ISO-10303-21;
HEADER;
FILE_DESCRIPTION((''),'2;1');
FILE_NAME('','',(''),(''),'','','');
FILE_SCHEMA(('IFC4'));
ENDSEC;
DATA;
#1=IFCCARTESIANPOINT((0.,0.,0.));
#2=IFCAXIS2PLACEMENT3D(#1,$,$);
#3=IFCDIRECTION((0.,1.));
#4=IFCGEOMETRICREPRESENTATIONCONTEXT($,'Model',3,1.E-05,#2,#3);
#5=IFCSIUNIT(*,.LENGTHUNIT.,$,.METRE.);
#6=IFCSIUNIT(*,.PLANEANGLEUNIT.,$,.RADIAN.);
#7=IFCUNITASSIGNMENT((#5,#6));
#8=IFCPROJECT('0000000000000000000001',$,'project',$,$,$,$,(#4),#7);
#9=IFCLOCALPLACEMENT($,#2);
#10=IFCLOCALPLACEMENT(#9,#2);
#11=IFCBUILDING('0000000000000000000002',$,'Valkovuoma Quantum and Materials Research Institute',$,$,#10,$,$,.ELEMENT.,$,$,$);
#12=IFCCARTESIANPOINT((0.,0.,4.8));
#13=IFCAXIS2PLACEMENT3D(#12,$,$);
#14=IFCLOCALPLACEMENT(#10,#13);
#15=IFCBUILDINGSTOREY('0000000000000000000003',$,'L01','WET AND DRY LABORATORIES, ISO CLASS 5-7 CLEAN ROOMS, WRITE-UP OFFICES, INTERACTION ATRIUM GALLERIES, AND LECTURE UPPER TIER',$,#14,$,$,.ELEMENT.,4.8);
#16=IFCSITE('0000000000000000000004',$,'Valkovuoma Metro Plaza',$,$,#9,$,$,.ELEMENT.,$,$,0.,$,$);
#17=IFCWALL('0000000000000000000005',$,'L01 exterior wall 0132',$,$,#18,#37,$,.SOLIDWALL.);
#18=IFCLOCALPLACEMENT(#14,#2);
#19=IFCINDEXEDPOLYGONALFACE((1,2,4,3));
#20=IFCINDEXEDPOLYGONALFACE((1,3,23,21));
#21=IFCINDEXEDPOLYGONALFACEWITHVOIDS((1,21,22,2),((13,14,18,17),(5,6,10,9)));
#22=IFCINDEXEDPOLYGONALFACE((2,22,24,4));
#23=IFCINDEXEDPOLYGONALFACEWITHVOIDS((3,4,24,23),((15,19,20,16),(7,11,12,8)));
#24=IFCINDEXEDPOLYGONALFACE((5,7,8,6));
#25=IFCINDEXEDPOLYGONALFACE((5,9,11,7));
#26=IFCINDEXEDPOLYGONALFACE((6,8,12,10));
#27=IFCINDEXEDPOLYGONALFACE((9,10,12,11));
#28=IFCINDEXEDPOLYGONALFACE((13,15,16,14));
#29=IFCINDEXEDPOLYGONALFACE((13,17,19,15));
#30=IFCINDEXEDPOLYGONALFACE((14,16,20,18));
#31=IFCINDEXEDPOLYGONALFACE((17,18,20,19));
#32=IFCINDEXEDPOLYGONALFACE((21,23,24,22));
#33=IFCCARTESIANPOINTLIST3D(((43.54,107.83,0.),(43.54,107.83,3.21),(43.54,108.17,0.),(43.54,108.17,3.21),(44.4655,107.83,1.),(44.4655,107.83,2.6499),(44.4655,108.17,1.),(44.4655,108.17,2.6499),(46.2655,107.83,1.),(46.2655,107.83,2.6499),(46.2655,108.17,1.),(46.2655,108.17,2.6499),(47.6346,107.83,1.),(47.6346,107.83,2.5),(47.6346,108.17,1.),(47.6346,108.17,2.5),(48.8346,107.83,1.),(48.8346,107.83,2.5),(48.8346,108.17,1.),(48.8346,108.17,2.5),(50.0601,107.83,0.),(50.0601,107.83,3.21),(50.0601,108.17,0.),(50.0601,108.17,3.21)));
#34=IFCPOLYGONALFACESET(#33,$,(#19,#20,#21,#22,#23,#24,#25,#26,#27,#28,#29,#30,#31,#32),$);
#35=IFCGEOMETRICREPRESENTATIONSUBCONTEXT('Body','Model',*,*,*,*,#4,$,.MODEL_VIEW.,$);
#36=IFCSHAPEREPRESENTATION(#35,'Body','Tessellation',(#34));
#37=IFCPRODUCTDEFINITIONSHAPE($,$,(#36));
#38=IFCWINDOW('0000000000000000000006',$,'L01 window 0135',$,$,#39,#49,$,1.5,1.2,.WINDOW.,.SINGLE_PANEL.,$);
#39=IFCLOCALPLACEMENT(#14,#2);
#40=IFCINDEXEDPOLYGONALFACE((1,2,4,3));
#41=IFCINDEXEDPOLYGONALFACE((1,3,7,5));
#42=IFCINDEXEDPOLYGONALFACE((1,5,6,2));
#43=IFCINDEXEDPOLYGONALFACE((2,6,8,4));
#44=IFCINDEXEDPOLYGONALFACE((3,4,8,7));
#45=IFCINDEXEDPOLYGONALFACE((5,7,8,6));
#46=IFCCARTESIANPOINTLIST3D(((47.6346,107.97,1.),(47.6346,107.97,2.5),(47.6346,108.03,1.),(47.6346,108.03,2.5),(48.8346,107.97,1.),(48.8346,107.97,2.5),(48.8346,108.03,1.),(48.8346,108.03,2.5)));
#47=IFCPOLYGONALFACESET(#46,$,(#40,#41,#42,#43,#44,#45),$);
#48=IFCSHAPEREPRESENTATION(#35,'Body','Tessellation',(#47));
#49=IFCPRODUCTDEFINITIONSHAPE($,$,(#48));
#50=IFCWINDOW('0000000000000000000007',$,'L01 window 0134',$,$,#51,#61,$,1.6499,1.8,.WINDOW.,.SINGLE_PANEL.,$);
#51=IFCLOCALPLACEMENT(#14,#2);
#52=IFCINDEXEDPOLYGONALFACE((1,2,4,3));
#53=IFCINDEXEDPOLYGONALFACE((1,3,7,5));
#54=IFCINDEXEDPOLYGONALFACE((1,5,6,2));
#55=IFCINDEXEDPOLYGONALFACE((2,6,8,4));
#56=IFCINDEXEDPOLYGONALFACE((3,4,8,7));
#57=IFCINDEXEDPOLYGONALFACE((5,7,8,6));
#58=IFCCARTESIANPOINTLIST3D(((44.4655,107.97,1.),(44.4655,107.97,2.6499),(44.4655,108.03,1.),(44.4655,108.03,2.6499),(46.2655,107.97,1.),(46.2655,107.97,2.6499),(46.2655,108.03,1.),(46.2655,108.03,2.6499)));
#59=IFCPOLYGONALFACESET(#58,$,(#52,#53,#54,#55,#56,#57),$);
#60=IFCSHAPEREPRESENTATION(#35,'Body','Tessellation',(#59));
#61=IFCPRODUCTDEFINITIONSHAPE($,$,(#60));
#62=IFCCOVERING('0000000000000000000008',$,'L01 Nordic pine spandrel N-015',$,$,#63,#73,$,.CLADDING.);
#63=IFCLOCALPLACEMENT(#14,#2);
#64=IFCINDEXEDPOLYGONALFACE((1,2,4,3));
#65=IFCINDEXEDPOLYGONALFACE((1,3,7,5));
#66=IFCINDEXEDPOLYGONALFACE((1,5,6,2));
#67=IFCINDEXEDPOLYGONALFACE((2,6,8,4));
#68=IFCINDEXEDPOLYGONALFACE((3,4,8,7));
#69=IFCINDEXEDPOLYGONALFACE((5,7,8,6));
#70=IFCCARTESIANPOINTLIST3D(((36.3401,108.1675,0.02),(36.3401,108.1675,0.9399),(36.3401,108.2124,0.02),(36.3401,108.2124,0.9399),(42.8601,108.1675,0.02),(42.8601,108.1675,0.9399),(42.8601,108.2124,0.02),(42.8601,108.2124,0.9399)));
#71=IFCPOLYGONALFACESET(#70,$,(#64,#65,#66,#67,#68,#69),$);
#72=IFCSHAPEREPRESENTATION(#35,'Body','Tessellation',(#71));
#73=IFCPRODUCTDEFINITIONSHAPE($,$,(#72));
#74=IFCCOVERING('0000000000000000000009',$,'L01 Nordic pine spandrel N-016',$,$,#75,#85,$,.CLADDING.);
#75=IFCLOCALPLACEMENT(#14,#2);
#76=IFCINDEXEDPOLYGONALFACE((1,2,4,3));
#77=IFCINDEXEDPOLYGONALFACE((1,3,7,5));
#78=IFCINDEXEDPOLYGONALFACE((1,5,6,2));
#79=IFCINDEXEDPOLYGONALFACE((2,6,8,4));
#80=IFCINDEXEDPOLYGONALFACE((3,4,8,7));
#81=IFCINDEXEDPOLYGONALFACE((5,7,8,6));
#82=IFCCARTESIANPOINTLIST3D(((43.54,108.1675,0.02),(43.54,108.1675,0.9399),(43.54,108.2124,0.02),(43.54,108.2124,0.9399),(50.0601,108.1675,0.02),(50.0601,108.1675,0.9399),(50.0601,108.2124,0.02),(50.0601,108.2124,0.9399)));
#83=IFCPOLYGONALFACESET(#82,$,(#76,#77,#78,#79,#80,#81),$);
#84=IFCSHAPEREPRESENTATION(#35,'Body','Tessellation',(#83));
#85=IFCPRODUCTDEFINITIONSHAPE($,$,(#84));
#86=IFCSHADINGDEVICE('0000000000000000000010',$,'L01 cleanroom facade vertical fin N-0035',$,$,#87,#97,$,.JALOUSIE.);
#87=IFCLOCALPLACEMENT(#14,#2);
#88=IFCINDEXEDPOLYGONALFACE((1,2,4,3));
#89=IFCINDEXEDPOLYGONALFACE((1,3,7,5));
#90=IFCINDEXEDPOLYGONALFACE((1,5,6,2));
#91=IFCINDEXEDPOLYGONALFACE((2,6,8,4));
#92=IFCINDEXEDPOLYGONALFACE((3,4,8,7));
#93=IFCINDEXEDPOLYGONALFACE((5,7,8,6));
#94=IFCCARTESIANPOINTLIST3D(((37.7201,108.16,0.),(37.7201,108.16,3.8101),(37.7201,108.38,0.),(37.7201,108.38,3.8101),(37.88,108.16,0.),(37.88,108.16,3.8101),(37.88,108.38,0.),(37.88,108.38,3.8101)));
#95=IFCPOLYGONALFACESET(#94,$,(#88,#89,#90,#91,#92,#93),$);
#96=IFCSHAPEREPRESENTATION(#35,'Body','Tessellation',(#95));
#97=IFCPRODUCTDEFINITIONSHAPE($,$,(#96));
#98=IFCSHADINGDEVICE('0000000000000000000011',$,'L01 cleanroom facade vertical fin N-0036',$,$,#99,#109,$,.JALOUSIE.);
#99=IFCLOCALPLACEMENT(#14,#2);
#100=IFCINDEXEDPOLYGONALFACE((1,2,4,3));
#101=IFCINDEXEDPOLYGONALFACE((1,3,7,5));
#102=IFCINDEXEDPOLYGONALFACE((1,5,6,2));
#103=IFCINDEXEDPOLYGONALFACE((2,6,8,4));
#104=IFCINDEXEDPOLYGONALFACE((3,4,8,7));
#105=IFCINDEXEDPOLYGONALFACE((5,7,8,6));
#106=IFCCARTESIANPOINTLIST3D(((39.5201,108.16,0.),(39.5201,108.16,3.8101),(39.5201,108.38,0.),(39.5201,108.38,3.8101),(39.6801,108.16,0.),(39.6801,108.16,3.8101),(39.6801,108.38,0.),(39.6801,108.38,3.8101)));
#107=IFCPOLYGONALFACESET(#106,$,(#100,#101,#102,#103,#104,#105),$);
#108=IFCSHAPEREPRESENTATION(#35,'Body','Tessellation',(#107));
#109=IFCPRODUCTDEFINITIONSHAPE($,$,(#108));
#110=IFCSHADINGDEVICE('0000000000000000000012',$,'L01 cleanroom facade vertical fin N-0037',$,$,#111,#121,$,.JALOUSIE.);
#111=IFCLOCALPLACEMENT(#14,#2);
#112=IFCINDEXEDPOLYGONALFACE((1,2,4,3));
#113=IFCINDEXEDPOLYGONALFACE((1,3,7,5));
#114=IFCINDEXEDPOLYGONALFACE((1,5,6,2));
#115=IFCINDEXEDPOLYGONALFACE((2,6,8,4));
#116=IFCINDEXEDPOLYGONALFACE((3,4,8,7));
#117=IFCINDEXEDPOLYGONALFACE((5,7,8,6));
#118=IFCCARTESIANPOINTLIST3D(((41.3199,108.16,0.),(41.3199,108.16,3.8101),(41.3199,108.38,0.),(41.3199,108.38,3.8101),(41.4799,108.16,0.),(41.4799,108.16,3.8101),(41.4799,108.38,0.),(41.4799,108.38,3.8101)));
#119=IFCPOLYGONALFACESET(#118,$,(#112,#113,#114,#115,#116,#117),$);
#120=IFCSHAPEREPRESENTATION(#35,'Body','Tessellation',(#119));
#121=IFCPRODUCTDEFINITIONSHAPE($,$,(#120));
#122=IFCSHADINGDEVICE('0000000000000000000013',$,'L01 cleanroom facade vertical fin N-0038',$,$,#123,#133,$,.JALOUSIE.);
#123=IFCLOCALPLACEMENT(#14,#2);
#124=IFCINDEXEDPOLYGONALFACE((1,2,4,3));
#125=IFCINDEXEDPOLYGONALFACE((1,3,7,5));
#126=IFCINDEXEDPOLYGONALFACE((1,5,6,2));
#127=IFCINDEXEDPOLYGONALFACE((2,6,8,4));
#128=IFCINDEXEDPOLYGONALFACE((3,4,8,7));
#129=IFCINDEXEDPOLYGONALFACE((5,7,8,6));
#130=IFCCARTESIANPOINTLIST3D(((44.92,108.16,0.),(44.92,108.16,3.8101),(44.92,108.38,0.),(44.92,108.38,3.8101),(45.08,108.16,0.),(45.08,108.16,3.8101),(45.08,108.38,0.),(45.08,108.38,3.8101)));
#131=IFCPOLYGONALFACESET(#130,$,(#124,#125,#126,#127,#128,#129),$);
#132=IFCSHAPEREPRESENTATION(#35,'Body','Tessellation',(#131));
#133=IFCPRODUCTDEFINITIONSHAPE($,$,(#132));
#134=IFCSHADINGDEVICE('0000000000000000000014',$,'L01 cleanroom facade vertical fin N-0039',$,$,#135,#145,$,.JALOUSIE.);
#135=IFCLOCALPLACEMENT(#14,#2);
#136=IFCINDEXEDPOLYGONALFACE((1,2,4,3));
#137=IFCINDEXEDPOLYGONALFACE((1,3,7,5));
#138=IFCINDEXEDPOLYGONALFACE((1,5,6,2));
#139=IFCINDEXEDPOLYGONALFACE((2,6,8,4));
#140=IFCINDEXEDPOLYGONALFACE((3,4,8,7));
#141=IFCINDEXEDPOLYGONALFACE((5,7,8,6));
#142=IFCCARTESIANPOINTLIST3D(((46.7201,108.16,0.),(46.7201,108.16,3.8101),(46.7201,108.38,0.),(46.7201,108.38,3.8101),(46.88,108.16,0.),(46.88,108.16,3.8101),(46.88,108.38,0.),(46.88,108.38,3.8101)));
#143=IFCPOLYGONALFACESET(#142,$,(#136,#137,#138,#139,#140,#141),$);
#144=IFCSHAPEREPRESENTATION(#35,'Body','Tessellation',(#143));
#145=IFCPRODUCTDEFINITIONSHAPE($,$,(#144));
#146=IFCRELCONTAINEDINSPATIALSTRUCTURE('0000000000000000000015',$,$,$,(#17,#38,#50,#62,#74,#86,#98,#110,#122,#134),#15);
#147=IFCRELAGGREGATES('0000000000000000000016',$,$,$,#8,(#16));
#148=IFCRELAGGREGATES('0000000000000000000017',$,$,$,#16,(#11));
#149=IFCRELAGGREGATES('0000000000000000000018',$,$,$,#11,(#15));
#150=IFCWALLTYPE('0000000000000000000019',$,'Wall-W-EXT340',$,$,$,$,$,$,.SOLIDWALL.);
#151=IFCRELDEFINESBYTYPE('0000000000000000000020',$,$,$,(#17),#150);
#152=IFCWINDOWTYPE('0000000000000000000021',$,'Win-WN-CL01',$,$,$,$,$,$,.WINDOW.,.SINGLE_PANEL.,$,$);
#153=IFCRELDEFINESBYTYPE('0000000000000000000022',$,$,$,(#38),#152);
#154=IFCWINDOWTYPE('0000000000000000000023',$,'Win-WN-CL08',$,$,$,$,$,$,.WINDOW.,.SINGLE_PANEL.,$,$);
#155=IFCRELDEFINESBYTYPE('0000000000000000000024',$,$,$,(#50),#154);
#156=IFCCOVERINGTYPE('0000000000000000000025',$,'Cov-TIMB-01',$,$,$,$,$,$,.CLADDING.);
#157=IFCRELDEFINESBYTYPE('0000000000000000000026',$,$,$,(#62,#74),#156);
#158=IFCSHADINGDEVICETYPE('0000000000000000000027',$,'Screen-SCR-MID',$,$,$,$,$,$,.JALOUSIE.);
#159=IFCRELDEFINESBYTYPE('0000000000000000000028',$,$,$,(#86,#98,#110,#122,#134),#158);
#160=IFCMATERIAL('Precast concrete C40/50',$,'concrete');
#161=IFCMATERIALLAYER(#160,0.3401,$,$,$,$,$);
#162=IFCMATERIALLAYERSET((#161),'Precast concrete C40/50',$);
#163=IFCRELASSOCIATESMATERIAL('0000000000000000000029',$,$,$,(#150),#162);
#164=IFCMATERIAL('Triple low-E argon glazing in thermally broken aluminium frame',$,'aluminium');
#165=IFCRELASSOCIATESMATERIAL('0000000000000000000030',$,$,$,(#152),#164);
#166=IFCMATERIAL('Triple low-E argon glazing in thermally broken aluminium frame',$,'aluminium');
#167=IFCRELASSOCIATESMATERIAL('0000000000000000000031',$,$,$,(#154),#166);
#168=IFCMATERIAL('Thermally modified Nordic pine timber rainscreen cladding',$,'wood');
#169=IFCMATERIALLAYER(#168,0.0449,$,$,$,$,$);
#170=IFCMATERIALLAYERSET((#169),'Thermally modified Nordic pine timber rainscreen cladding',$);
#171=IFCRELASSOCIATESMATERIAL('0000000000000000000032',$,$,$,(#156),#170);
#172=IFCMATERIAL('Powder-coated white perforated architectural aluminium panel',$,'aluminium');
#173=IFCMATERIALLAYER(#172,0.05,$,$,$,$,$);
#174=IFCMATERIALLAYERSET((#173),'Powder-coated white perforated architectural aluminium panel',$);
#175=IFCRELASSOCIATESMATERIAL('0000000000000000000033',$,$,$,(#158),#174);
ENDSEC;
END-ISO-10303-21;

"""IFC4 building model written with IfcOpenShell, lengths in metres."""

from ifc_helpers import new_model, si_unit, direction, frame, frame_2d, origin, origin_2d, place, context, subcontext, project, spatial, rectangle, extrude, material, layer, layer_set, type_object, element, fill, save


model = new_model("IFC4")

# Units and contexts
model_context = context("Model", 3, precision=1e-05, world=origin(), true_north=direction((0.0, 1.0)))
body_context = subcontext(model_context, "Body", "Model", "MODEL_VIEW")
ifc_project = project(units=[si_unit("LENGTHUNIT", "METRE"), si_unit("PLANEANGLEUNIT", "RADIAN")], contexts=[model_context])

# Site, building, storey
site_placement = place(None, origin())
site = spatial("IfcSite", under=ifc_project, at=site_placement, Name="Valkovuoma Metro Plaza", CompositionType="ELEMENT", RefElevation=0.0)
building_placement = place(site_placement, origin())
building = spatial("IfcBuilding", under=site, at=building_placement, Name="Valkovuoma Quantum and Materials Research Institute", CompositionType="ELEMENT")
storey_placement = place(building_placement, frame((0.0, 0.0, 4.8)))
storey = spatial("IfcBuildingStorey", under=building, at=storey_placement, Name="L01", Description="WET AND DRY LABORATORIES, ISO CLASS 5-7 CLEAN ROOMS, WRITE-UP OFFICES, INTERACTION ATRIUM GALLERIES, AND LECTURE UPPER TIER", CompositionType="ELEMENT", Elevation=4.8)

# Wall, openings, windows
ifc_material_1 = material(Name="Precast concrete C40/50", Category="concrete")
ifc_layer_1 = layer(ifc_material_1, 0.3401)
ifc_layer_set_1 = layer_set([ifc_layer_1], Name="Precast concrete C40/50")
wall_type = type_object("IfcWallType", Name="Wall-W-EXT340", PredefinedType="SOLIDWALL", material=ifc_layer_set_1)
wall_placement = place(storey_placement, frame((43.54, 108.0, 0.0), z_axis=(0.0, 0.0, 1.0), x_axis=(1.0, 0.0, 0.0)))
wall = element("IfcWall", 1, at=wall_placement, inside=storey, type_object=wall_type, Name="L01 exterior wall 0132", PredefinedType="SOLIDWALL", context=body_context, shape_type="SweptSolid", body=[
    extrude(rectangle(XDim=6.52, YDim=0.3401, at=frame_2d((3.26, 0.0))), origin(), (0.0, 0.0, 1.0), 3.21),
])
opening_1_placement = place(wall_placement, frame((0.9255, 0.0, 1.0)))
opening_1 = element("IfcOpeningElement", 2, at=opening_1_placement, cuts=wall, PredefinedType="OPENING", context=body_context, shape_type="SweptSolid", body=[
    extrude(rectangle(XDim=1.8, YDim=1.6499, at=frame_2d((0.8999, 0.825))), frame((0.0, 0.1802, 0.0), z_axis=(0.0, -1.0, 0.0), x_axis=(1.0, 0.0, 0.0)), (0.0, 0.0, 1.0), 0.3601),
])
opening_2_placement = place(wall_placement, frame((4.0945, 0.0, 1.0)))
opening_2 = element("IfcOpeningElement", 3, at=opening_2_placement, cuts=wall, PredefinedType="OPENING", context=body_context, shape_type="SweptSolid", body=[
    extrude(rectangle(XDim=1.2, YDim=1.5, at=frame_2d((0.6001, 0.75))), frame((0.0, 0.1802, 0.0), z_axis=(0.0, -1.0, 0.0), x_axis=(1.0, 0.0, 0.0)), (0.0, 0.0, 1.0), 0.3601),
])
ifc_material_2 = material(Name="Triple low-E argon glazing in thermally broken aluminium frame", Category="aluminium")
window_type_1 = type_object("IfcWindowType", Name="Win-WN-CL01", PartitioningType="SINGLE_PANEL", PredefinedType="WINDOW", material=ifc_material_2)
window_1_placement = place(opening_2_placement, origin())
window_1 = element("IfcWindow", 4, at=window_1_placement, inside=storey, type_object=window_type_1, Name="L01 window 0135", OverallHeight=1.5, OverallWidth=1.2, PartitioningType="SINGLE_PANEL", PredefinedType="WINDOW", context=body_context, shape_type="SweptSolid", body=[
    extrude(rectangle(XDim=1.2, YDim=1.5, at=frame_2d((0.6001, 0.75))), frame((0.0, 0.03, 0.0), z_axis=(0.0, -1.0, 0.0), x_axis=(1.0, 0.0, 0.0)), (0.0, 0.0, 1.0), 0.0601),
])
fill(opening_2, window_1)
ifc_material_3 = material(Name="Triple low-E argon glazing in thermally broken aluminium frame", Category="aluminium")
window_type_2 = type_object("IfcWindowType", Name="Win-WN-CL08", PartitioningType="SINGLE_PANEL", PredefinedType="WINDOW", material=ifc_material_3)
window_2_placement = place(opening_1_placement, origin())
window_2 = element("IfcWindow", 5, at=window_2_placement, inside=storey, type_object=window_type_2, Name="L01 window 0134", OverallHeight=1.6499, OverallWidth=1.8, PartitioningType="SINGLE_PANEL", PredefinedType="WINDOW", context=body_context, shape_type="SweptSolid", body=[
    extrude(rectangle(XDim=1.8, YDim=1.6499, at=frame_2d((0.8999, 0.825))), frame((0.0, 0.03, 0.0), z_axis=(0.0, -1.0, 0.0), x_axis=(1.0, 0.0, 0.0)), (0.0, 0.0, 1.0), 0.0601),
])
fill(opening_1, window_2)

# Coverings
ifc_material_4 = material(Name="Thermally modified Nordic pine timber rainscreen cladding", Category="wood")
ifc_layer_2 = layer(ifc_material_4, 0.0449)
ifc_layer_set_2 = layer_set([ifc_layer_2], Name="Thermally modified Nordic pine timber rainscreen cladding")
covering_type = type_object("IfcCoveringType", Name="Cov-TIMB-01", PredefinedType="CLADDING", material=ifc_layer_set_2)
for number, where, z_axis, x_axis, name in (
    (6, (39.6001, 108.1899, 0.02), (0.0, 0.0, 1.0), (1.0, 0.0, 0.0), "L01 Nordic pine spandrel N-015"),
    (7, (46.8, 108.1899, 0.02), (0.0, 0.0, 1.0), (1.0, 0.0, 0.0), "L01 Nordic pine spandrel N-016"),
):
    element("IfcCovering", number, at=place(storey_placement, frame(where, z_axis=z_axis, x_axis=x_axis)), inside=storey, type_object=covering_type, Name=name, PredefinedType="CLADDING", context=body_context, shape_type="SweptSolid", body=[
        extrude(rectangle(XDim=6.52, YDim=0.0449, at=origin_2d()), origin(), (0.0, 0.0, 1.0), 0.9199),
    ])

# Shading devices
ifc_material_5 = material(Name="Powder-coated white perforated architectural aluminium panel", Category="aluminium")
ifc_layer_3 = layer(ifc_material_5, 0.05)
ifc_layer_set_3 = layer_set([ifc_layer_3], Name="Powder-coated white perforated architectural aluminium panel")
shading_device_type = type_object("IfcShadingDeviceType", Name="Screen-SCR-MID", PredefinedType="JALOUSIE", material=ifc_layer_set_3)
for number, where, z_axis, x_axis, name in (
    (8, (37.8, 108.27, 0.0), (0.0, 0.0, 1.0), (1.0, 0.0, 0.0), "L01 cleanroom facade vertical fin N-0035"),
    (9, (39.6001, 108.27, 0.0), (0.0, 0.0, 1.0), (1.0, 0.0, 0.0), "L01 cleanroom facade vertical fin N-0036"),
    (10, (41.3999, 108.27, 0.0), (0.0, 0.0, 1.0), (1.0, 0.0, 0.0), "L01 cleanroom facade vertical fin N-0037"),
    (11, (45.0, 108.27, 0.0), (0.0, 0.0, 1.0), (1.0, 0.0, 0.0), "L01 cleanroom facade vertical fin N-0038"),
    (12, (46.8, 108.27, 0.0), (0.0, 0.0, 1.0), (1.0, 0.0, 0.0), "L01 cleanroom facade vertical fin N-0039"),
):
    element("IfcShadingDevice", number, at=place(storey_placement, frame(where, z_axis=z_axis, x_axis=x_axis)), inside=storey, type_object=shading_device_type, Name=name, PredefinedType="JALOUSIE", context=body_context, shape_type="SweptSolid", body=[
        extrude(rectangle(XDim=0.1599, YDim=0.22, at=origin_2d()), origin(), (0.0, 0.0, 1.0), 3.8101),
    ])

save(model, "model.ifc")
